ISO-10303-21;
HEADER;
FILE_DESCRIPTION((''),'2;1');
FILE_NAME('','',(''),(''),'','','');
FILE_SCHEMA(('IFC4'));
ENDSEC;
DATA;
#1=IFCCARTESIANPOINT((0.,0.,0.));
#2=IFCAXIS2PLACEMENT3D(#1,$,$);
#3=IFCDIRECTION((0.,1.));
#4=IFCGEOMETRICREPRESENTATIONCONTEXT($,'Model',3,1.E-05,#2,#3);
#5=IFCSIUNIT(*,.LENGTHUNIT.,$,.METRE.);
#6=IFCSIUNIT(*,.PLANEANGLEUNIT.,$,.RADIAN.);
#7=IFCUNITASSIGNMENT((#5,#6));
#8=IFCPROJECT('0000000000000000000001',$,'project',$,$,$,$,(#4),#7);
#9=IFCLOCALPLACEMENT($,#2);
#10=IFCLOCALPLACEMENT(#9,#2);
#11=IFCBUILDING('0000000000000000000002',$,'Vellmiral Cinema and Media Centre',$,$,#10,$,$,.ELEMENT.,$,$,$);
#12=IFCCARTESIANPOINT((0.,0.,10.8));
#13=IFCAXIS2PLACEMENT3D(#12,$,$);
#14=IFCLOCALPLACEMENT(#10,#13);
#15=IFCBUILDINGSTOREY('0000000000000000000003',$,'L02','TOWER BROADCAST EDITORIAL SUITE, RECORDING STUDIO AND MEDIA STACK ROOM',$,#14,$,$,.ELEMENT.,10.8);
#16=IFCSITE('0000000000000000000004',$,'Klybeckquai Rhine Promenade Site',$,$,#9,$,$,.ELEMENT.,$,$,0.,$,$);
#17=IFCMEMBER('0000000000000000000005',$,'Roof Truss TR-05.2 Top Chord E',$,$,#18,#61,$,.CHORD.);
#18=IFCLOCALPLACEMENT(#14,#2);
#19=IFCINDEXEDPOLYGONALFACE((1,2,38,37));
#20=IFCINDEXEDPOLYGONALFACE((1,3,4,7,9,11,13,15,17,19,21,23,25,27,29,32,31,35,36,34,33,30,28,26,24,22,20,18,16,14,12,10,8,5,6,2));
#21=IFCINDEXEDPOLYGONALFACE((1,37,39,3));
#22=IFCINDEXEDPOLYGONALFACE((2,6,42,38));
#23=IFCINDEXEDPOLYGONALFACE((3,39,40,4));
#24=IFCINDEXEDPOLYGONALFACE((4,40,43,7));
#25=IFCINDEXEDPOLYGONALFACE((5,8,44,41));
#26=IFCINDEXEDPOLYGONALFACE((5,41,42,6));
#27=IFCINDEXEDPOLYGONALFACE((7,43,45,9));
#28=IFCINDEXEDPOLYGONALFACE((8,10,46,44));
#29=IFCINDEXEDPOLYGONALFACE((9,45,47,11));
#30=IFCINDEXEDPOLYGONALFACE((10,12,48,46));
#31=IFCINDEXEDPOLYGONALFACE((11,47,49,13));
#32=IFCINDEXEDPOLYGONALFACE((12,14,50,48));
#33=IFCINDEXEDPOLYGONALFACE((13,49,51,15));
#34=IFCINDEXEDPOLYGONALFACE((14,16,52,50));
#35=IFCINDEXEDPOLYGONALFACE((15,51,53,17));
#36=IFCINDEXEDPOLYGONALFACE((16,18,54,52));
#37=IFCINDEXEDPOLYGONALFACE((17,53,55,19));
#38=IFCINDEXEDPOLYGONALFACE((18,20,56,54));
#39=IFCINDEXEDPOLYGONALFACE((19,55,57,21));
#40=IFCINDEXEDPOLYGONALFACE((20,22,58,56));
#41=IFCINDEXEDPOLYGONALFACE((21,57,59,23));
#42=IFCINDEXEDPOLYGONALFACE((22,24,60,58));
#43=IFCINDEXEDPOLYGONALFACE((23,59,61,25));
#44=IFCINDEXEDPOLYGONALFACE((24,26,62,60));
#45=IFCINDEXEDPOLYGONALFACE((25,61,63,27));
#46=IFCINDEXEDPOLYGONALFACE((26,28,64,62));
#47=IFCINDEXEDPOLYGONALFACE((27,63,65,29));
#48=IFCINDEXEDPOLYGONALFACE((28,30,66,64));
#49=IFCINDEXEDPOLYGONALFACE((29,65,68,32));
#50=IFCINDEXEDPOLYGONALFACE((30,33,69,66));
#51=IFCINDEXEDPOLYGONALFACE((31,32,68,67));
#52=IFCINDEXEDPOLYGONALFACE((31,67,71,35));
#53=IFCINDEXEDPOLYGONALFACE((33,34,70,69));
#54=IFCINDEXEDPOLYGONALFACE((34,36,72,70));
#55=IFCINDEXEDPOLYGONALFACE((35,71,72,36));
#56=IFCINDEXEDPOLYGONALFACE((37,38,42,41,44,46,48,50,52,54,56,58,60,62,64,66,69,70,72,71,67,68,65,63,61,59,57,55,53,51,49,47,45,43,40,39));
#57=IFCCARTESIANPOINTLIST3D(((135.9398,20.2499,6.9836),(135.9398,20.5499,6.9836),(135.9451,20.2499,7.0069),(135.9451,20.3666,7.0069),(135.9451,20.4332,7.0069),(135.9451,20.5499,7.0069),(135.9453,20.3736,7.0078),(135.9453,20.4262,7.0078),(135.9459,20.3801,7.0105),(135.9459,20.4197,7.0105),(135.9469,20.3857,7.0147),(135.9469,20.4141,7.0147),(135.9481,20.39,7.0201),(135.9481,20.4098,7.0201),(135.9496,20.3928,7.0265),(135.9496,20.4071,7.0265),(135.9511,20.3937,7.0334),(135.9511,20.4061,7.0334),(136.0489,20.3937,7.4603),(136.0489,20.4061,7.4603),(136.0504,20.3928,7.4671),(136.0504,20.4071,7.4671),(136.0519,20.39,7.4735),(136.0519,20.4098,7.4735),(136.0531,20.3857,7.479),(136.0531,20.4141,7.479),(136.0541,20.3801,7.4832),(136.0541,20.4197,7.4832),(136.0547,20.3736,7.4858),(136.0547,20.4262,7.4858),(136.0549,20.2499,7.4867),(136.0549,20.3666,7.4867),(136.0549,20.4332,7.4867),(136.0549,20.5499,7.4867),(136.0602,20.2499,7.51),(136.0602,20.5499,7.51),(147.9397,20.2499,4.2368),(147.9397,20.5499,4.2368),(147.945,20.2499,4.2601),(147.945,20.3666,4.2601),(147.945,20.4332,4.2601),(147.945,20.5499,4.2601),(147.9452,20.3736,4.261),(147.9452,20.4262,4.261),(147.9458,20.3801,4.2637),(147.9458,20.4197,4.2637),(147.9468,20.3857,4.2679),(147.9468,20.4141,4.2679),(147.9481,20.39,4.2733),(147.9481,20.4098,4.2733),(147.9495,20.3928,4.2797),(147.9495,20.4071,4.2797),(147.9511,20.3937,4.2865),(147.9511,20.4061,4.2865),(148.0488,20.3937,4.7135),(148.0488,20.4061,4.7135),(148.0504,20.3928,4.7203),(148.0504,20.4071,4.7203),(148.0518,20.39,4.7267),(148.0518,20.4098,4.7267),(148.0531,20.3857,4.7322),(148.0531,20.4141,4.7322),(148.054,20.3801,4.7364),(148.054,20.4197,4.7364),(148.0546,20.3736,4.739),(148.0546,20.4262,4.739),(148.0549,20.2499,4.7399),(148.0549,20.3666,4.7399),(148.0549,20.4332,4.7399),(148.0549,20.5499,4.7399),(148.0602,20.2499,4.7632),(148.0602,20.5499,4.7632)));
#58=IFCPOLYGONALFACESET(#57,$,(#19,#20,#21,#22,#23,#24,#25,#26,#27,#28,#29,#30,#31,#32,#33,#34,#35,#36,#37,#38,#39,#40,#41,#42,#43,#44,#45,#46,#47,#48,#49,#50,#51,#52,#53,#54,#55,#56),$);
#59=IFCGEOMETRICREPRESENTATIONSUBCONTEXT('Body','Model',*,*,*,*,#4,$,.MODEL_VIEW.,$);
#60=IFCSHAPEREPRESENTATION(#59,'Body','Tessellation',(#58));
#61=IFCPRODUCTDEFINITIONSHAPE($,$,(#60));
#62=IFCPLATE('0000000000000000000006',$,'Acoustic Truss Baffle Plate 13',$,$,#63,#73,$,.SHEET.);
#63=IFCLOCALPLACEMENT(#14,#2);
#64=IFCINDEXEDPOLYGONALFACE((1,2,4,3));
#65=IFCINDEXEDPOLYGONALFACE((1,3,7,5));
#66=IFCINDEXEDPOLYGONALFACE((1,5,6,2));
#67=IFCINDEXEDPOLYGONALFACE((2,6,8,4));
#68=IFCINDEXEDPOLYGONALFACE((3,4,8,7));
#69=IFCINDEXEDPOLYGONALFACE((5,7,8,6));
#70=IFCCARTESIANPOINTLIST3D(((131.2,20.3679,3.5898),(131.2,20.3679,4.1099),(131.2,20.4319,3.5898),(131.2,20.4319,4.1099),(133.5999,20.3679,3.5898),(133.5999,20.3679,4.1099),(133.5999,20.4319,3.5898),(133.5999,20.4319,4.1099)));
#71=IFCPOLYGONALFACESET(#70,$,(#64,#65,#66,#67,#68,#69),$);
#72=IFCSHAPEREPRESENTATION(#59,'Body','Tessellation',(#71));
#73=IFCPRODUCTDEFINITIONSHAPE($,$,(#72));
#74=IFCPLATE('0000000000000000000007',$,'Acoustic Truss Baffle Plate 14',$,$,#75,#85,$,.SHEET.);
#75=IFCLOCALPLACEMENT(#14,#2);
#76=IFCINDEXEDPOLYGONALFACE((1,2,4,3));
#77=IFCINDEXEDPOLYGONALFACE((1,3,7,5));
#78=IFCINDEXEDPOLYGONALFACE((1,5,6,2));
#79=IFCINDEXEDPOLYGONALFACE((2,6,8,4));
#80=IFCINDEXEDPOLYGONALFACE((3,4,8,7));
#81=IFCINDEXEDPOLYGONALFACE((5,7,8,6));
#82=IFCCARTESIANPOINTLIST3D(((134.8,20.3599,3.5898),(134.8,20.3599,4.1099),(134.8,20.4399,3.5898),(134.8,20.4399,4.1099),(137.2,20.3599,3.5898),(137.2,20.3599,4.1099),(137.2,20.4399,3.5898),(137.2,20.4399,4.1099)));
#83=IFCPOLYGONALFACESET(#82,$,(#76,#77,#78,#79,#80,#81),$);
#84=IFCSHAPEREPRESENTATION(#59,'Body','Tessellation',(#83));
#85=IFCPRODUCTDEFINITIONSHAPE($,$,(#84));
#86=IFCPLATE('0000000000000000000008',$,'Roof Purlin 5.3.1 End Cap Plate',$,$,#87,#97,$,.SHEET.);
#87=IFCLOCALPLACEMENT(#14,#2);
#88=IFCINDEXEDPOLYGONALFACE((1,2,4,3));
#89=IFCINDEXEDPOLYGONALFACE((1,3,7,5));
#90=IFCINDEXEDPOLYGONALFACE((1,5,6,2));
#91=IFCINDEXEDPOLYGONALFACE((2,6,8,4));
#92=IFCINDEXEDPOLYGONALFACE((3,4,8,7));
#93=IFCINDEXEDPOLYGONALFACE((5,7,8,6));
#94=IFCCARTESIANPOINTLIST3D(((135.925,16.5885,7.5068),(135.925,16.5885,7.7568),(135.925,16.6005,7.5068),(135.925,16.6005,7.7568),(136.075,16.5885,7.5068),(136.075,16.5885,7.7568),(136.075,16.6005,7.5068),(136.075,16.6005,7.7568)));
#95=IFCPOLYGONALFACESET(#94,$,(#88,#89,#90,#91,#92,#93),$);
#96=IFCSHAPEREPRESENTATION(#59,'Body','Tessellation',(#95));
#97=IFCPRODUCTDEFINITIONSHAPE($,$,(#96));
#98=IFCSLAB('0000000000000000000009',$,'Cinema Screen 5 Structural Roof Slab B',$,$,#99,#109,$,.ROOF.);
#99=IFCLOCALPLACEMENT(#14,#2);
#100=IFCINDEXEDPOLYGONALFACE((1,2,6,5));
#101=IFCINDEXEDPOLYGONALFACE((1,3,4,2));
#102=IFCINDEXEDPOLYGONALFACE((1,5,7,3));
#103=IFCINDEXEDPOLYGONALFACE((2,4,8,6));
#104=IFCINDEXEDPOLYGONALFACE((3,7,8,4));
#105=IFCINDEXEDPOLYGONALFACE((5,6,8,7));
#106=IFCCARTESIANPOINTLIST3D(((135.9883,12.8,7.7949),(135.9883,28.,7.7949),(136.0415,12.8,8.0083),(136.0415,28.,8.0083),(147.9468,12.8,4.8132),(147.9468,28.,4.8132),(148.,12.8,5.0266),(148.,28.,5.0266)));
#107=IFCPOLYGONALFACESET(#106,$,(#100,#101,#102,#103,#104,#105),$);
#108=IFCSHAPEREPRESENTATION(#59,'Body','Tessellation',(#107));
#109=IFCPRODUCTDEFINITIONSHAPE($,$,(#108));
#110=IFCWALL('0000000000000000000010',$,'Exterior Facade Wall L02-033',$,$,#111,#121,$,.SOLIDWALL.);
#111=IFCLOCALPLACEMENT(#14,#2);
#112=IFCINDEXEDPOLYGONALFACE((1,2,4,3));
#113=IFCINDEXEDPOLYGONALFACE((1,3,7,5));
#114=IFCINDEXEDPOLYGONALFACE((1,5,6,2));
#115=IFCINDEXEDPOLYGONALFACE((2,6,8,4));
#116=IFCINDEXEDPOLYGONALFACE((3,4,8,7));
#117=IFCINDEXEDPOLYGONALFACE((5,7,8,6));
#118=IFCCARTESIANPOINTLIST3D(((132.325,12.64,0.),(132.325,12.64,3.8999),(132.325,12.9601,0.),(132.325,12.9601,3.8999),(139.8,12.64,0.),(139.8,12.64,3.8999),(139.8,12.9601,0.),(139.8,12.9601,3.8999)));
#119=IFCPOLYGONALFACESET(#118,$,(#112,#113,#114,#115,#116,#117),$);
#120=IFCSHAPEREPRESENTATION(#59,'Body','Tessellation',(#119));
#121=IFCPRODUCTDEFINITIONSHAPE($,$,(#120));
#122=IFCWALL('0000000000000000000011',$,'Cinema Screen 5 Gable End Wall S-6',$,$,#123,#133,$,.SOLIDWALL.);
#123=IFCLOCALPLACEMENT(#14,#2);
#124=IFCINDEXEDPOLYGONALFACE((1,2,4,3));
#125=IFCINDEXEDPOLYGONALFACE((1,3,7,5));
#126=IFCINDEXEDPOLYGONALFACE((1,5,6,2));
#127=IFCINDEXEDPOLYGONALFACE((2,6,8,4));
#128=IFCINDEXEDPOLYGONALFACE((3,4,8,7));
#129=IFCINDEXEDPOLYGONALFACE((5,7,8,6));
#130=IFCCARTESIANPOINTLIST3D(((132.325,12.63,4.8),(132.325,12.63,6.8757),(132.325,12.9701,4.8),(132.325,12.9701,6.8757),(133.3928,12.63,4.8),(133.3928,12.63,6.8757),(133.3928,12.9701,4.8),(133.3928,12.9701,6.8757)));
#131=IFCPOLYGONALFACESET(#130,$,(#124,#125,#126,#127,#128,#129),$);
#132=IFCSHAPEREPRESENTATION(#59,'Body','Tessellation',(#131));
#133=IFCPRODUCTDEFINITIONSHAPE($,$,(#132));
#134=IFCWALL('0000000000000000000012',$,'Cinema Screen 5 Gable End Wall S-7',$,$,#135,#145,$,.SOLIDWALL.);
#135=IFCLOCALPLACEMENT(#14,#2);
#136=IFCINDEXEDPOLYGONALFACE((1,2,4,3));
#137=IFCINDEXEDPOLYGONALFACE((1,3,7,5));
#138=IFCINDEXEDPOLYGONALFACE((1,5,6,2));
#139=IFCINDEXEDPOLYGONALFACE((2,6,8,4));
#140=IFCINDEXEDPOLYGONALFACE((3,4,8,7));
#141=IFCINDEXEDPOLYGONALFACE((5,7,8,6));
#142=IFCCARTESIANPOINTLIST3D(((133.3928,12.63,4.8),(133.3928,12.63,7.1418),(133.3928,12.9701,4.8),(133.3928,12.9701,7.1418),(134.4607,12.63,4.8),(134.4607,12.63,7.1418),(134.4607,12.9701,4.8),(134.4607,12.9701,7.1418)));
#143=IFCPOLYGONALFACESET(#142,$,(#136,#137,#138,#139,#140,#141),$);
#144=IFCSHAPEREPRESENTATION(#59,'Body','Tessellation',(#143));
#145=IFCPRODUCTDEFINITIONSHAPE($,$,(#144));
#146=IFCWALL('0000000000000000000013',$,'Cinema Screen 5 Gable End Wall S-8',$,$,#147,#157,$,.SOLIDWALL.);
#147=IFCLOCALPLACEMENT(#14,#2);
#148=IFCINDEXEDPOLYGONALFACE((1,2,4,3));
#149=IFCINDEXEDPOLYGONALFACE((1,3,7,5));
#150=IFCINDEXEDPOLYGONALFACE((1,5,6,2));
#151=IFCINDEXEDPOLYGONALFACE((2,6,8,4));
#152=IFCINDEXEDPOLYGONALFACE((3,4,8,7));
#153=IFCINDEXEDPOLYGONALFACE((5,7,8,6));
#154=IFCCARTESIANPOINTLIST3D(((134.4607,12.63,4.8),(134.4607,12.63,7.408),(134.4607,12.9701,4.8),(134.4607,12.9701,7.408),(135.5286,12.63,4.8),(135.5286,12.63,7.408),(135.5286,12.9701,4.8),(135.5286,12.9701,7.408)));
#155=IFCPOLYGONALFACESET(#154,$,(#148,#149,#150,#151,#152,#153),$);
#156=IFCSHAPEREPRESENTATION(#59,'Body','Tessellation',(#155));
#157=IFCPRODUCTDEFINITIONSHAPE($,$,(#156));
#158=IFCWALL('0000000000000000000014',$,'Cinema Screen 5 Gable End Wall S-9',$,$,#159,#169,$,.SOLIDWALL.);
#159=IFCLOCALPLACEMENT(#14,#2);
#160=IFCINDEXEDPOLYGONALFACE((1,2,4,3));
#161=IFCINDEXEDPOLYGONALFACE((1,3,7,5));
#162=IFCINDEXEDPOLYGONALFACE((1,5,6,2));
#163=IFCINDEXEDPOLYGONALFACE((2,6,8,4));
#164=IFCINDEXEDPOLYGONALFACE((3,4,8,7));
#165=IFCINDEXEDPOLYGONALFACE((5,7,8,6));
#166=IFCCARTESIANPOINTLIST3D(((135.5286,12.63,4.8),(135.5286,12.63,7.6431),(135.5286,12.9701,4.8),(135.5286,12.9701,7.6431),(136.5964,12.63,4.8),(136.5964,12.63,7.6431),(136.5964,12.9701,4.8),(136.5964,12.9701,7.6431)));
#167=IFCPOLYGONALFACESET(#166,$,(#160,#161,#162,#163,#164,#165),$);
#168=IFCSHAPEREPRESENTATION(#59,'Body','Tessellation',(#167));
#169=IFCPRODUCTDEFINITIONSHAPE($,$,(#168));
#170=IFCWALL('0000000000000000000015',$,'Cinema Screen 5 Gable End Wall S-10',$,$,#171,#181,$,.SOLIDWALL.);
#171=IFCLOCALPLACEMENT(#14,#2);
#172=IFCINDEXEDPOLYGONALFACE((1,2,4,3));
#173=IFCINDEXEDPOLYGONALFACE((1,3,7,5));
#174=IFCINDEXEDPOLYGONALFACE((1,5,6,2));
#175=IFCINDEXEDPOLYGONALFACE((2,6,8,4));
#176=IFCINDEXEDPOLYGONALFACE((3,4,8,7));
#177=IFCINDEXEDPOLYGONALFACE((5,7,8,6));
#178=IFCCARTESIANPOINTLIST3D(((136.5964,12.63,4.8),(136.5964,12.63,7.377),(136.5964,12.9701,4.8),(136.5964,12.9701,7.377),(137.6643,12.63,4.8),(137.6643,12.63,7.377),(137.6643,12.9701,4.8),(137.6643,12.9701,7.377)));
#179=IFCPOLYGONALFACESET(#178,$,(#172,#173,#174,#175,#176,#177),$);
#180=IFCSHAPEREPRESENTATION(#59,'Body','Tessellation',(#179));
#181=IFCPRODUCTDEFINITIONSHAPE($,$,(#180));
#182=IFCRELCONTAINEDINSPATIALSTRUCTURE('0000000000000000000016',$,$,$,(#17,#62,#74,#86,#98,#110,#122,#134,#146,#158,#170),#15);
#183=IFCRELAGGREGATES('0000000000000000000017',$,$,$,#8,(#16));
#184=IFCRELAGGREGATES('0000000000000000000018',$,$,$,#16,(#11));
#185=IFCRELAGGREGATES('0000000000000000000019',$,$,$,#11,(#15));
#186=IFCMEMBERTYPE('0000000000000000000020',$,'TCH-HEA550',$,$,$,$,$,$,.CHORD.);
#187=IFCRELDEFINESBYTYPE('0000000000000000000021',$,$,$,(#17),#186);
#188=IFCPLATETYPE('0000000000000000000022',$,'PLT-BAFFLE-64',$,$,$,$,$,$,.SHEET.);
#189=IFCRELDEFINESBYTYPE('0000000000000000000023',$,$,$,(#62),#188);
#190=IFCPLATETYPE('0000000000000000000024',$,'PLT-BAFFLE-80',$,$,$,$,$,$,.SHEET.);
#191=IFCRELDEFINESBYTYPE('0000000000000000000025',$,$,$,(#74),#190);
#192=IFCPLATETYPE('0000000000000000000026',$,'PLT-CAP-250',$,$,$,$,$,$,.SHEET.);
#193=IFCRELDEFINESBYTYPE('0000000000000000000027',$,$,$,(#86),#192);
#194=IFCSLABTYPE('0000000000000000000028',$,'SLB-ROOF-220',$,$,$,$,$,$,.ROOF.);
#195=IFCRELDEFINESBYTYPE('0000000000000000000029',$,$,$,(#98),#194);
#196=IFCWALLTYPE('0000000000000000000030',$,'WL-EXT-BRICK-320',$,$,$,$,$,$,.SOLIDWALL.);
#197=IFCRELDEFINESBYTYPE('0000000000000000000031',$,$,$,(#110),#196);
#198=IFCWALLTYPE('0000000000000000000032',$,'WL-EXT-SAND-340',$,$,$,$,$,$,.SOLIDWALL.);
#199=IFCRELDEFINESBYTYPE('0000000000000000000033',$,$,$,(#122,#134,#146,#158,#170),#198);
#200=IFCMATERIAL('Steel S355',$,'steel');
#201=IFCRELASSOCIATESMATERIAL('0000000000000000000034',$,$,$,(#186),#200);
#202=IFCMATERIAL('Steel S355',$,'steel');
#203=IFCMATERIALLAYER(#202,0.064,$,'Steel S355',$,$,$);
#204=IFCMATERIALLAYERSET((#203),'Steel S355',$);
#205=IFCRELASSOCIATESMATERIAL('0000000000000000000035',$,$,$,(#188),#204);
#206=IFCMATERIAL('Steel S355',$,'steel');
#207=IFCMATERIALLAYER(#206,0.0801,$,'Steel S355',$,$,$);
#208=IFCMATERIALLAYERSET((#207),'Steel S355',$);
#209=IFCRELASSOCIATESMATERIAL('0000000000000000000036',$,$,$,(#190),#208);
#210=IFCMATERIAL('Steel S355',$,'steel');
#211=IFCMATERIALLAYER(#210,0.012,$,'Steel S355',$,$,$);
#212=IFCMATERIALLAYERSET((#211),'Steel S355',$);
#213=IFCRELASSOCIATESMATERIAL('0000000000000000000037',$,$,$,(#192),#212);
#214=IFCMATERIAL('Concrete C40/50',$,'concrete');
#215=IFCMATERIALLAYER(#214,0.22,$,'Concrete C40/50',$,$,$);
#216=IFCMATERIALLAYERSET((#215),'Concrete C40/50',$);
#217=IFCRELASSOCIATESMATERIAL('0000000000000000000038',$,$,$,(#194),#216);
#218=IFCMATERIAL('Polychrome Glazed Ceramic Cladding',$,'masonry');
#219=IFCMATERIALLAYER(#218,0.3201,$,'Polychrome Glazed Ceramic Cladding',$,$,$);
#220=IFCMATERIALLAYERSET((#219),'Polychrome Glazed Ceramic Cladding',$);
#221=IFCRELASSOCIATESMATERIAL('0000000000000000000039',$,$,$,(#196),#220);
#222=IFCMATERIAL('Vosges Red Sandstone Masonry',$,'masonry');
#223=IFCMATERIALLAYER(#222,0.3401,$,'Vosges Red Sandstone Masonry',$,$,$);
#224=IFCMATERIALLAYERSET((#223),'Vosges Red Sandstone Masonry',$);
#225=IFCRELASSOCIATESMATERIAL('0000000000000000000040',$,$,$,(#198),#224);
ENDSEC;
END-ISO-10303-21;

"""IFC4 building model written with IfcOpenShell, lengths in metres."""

from ifc_helpers import new_model, si_unit, direction, frame, frame_2d, origin, origin_2d, place, context, subcontext, project, spatial, polyline, rectangle, i_section, outline, extrude, material, layer, layer_set, material_profile, profile_set, type_object, element, save


model = new_model("IFC4")

# Units and contexts
model_context = context("Model", 3, precision=1e-05, world=origin(), true_north=direction((0.0, 1.0)))
body_context = subcontext(model_context, "Body", "Model", "MODEL_VIEW")
ifc_project = project(units=[si_unit("LENGTHUNIT", "METRE"), si_unit("PLANEANGLEUNIT", "RADIAN")], contexts=[model_context])

# Site, building, storey
site_placement = place(None, origin())
site = spatial("IfcSite", under=ifc_project, at=site_placement, Name="Klybeckquai Rhine Promenade Site", CompositionType="ELEMENT", RefElevation=0.0)
building_placement = place(site_placement, origin())
building = spatial("IfcBuilding", under=site, at=building_placement, Name="Vellmiral Cinema and Media Centre", CompositionType="ELEMENT")
storey_placement = place(building_placement, frame((0.0, 0.0, 10.8)))
storey = spatial("IfcBuildingStorey", under=building, at=storey_placement, Name="L02", Description="TOWER BROADCAST EDITORIAL SUITE, RECORDING STUDIO AND MEDIA STACK ROOM", CompositionType="ELEMENT", Elevation=10.8)

# Member
ifc_material_1 = material(Name="Steel S355", Category="steel")
ifc_material_profile_1 = material_profile(ifc_material_1, i_section(OverallWidth=0.3, OverallDepth=0.54, WebThickness=0.0125, FlangeThickness=0.0239, FilletRadius=0.0271, at=origin_2d()), Name="HEA 550")
ifc_profile_set_1 = profile_set([ifc_material_profile_1], Name="Steel S355")
member_type_1 = type_object("IfcMemberType", Name="TCH-HEA550", PredefinedType="CHORD", material=ifc_profile_set_1)
for number, where, z_axis, x_axis, name in (
    (1, (136.0, 20.3999, 7.2468), (0.974788, 0.0, -0.223131), (0.0, 1.0, 0.0), "Roof Truss TR-05.2 Top Chord E"),
):
    element("IfcMember", number, at=place(storey_placement, frame(where, z_axis=z_axis, x_axis=x_axis)), inside=storey, type_object=member_type_1, Name=name, PredefinedType="CHORD", context=body_context, shape_type="SweptSolid", body=[
        extrude(i_section(OverallWidth=0.3, OverallDepth=0.54, WebThickness=0.0125, FlangeThickness=0.0239, FilletRadius=0.0271, at=origin_2d()), origin(), (0.0, 0.0, 1.0), 12.3103),
    ])

# Plates
ifc_material_2 = material(Name="Steel S355", Category="steel")
ifc_layer_1 = layer(ifc_material_2, 0.064, Name="Steel S355")
ifc_layer_set_1 = layer_set([ifc_layer_1], Name="Steel S355")
plate_type_1 = type_object("IfcPlateType", Name="PLT-BAFFLE-64", PredefinedType="SHEET", material=ifc_layer_set_1)
plate_1_placement = place(storey_placement, frame((132.3999, 20.3999, 3.5898), z_axis=(0.0, 0.0, 1.0), x_axis=(1.0, 0.0, 0.0)))
element("IfcPlate", 2, at=plate_1_placement, inside=storey, type_object=plate_type_1, Name="Acoustic Truss Baffle Plate 13", PredefinedType="SHEET", context=body_context, shape_type="SweptSolid", body=[
    extrude(rectangle(XDim=2.3999, YDim=0.064, at=origin_2d()), origin(), (0.0, 0.0, 1.0), 0.52),
])
ifc_material_3 = material(Name="Steel S355", Category="steel")
ifc_layer_2 = layer(ifc_material_3, 0.0801, Name="Steel S355")
ifc_layer_set_2 = layer_set([ifc_layer_2], Name="Steel S355")
plate_type_2 = type_object("IfcPlateType", Name="PLT-BAFFLE-80", PredefinedType="SHEET", material=ifc_layer_set_2)
plate_2_placement = place(storey_placement, frame((136.0, 20.3999, 3.5898), z_axis=(0.0, 0.0, 1.0), x_axis=(1.0, 0.0, 0.0)))
element("IfcPlate", 3, at=plate_2_placement, inside=storey, type_object=plate_type_2, Name="Acoustic Truss Baffle Plate 14", PredefinedType="SHEET", context=body_context, shape_type="SweptSolid", body=[
    extrude(rectangle(XDim=2.3999, YDim=0.0801, at=origin_2d()), origin(), (0.0, 0.0, 1.0), 0.52),
])
ifc_material_4 = material(Name="Steel S355", Category="steel")
ifc_layer_3 = layer(ifc_material_4, 0.012, Name="Steel S355")
ifc_layer_set_3 = layer_set([ifc_layer_3], Name="Steel S355")
plate_type_3 = type_object("IfcPlateType", Name="PLT-CAP-250", PredefinedType="SHEET", material=ifc_layer_set_3)
plate_3_placement = place(storey_placement, frame((136.0, 16.5945, 7.5068), z_axis=(0.0, 0.0, 1.0), x_axis=(1.0, 0.0, 0.0)))
element("IfcPlate", 4, at=plate_3_placement, inside=storey, type_object=plate_type_3, Name="Roof Purlin 5.3.1 End Cap Plate", PredefinedType="SHEET", context=body_context, shape_type="SweptSolid", body=[
    extrude(rectangle(XDim=0.1499, YDim=0.012, at=origin_2d()), origin(), (0.0, 0.0, 1.0), 0.25),
])

# Slab
ifc_material_5 = material(Name="Concrete C40/50", Category="concrete")
ifc_layer_4 = layer(ifc_material_5, 0.22, Name="Concrete C40/50")
ifc_layer_set_4 = layer_set([ifc_layer_4], Name="Concrete C40/50")
slab_type = type_object("IfcSlabType", Name="SLB-ROOF-220", PredefinedType="ROOF", material=ifc_layer_set_4)
slab_placement = place(storey_placement, frame((136.0415, 12.8, 8.0083), z_axis=(0.24193, 0.0, 0.970294), x_axis=(0.970294, 0.0, -0.24193)))
element("IfcSlab", 5, at=slab_placement, inside=storey, type_object=slab_type, Name="Cinema Screen 5 Structural Roof Slab B", PredefinedType="ROOF", context=body_context, shape_type="SweptSolid", body=[
    extrude(outline(polyline([(0.0, 0.0), (12.3246, 0.0), (12.3246, 15.2), (0.0, 15.2), (0.0, 0.0)])), origin(), (0.0, 0.0, -1.0), 0.22),
])

# Walls
ifc_material_6 = material(Name="Polychrome Glazed Ceramic Cladding", Category="masonry")
ifc_layer_5 = layer(ifc_material_6, 0.3201, Name="Polychrome Glazed Ceramic Cladding")
ifc_layer_set_5 = layer_set([ifc_layer_5], Name="Polychrome Glazed Ceramic Cladding")
wall_type_1 = type_object("IfcWallType", Name="WL-EXT-BRICK-320", PredefinedType="SOLIDWALL", material=ifc_layer_set_5)
wall_1_placement = place(storey_placement, frame((132.325, 12.8, 0.0), z_axis=(0.0, 0.0, 1.0), x_axis=(1.0, 0.0, 0.0)))
element("IfcWall", 6, at=wall_1_placement, inside=storey, type_object=wall_type_1, Name="Exterior Facade Wall L02-033", PredefinedType="SOLIDWALL", context=body_context, shape_type="SweptSolid", body=[
    extrude(rectangle(XDim=7.4751, YDim=0.3201, at=frame_2d((3.7375, 0.0))), origin(), (0.0, 0.0, 1.0), 3.8999),
])
ifc_material_7 = material(Name="Vosges Red Sandstone Masonry", Category="masonry")
ifc_layer_6 = layer(ifc_material_7, 0.3401, Name="Vosges Red Sandstone Masonry")
ifc_layer_set_6 = layer_set([ifc_layer_6], Name="Vosges Red Sandstone Masonry")
wall_type_2 = type_object("IfcWallType", Name="WL-EXT-SAND-340", PredefinedType="SOLIDWALL", material=ifc_layer_set_6)
wall_2_placement = place(storey_placement, frame((132.325, 12.8, 4.8), z_axis=(0.0, 0.0, 1.0), x_axis=(1.0, 0.0, 0.0)))
element("IfcWall", 7, at=wall_2_placement, inside=storey, type_object=wall_type_2, Name="Cinema Screen 5 Gable End Wall S-6", PredefinedType="SOLIDWALL", context=body_context, shape_type="SweptSolid", body=[
    extrude(rectangle(XDim=1.0679, YDim=0.3401, at=frame_2d((0.5339, 0.0))), origin(), (0.0, 0.0, 1.0), 2.0757),
])
wall_3_placement = place(storey_placement, frame((133.3928, 12.8, 4.8), z_axis=(0.0, 0.0, 1.0), x_axis=(1.0, 0.0, 0.0)))
element("IfcWall", 8, at=wall_3_placement, inside=storey, type_object=wall_type_2, Name="Cinema Screen 5 Gable End Wall S-7", PredefinedType="SOLIDWALL", context=body_context, shape_type="SweptSolid", body=[
    extrude(rectangle(XDim=1.0679, YDim=0.3401, at=frame_2d((0.5339, 0.0))), origin(), (0.0, 0.0, 1.0), 2.3418),
])
wall_4_placement = place(storey_placement, frame((134.4607, 12.8, 4.8), z_axis=(0.0, 0.0, 1.0), x_axis=(1.0, 0.0, 0.0)))
element("IfcWall", 9, at=wall_4_placement, inside=storey, type_object=wall_type_2, Name="Cinema Screen 5 Gable End Wall S-8", PredefinedType="SOLIDWALL", context=body_context, shape_type="SweptSolid", body=[
    extrude(rectangle(XDim=1.0679, YDim=0.3401, at=frame_2d((0.5339, 0.0))), origin(), (0.0, 0.0, 1.0), 2.6079),
])
wall_5_placement = place(storey_placement, frame((135.5286, 12.8, 4.8), z_axis=(0.0, 0.0, 1.0), x_axis=(1.0, 0.0, 0.0)))
element("IfcWall", 10, at=wall_5_placement, inside=storey, type_object=wall_type_2, Name="Cinema Screen 5 Gable End Wall S-9", PredefinedType="SOLIDWALL", context=body_context, shape_type="SweptSolid", body=[
    extrude(rectangle(XDim=1.0679, YDim=0.3401, at=frame_2d((0.5339, 0.0))), origin(), (0.0, 0.0, 1.0), 2.843),
])
wall_6_placement = place(storey_placement, frame((136.5964, 12.8, 4.8), z_axis=(0.0, 0.0, 1.0), x_axis=(1.0, 0.0, 0.0)))
element("IfcWall", 11, at=wall_6_placement, inside=storey, type_object=wall_type_2, Name="Cinema Screen 5 Gable End Wall S-10", PredefinedType="SOLIDWALL", context=body_context, shape_type="SweptSolid", body=[
    extrude(rectangle(XDim=1.0679, YDim=0.3401, at=frame_2d((0.5339, 0.0))), origin(), (0.0, 0.0, 1.0), 2.5769),
])

save(model, "model.ifc")
